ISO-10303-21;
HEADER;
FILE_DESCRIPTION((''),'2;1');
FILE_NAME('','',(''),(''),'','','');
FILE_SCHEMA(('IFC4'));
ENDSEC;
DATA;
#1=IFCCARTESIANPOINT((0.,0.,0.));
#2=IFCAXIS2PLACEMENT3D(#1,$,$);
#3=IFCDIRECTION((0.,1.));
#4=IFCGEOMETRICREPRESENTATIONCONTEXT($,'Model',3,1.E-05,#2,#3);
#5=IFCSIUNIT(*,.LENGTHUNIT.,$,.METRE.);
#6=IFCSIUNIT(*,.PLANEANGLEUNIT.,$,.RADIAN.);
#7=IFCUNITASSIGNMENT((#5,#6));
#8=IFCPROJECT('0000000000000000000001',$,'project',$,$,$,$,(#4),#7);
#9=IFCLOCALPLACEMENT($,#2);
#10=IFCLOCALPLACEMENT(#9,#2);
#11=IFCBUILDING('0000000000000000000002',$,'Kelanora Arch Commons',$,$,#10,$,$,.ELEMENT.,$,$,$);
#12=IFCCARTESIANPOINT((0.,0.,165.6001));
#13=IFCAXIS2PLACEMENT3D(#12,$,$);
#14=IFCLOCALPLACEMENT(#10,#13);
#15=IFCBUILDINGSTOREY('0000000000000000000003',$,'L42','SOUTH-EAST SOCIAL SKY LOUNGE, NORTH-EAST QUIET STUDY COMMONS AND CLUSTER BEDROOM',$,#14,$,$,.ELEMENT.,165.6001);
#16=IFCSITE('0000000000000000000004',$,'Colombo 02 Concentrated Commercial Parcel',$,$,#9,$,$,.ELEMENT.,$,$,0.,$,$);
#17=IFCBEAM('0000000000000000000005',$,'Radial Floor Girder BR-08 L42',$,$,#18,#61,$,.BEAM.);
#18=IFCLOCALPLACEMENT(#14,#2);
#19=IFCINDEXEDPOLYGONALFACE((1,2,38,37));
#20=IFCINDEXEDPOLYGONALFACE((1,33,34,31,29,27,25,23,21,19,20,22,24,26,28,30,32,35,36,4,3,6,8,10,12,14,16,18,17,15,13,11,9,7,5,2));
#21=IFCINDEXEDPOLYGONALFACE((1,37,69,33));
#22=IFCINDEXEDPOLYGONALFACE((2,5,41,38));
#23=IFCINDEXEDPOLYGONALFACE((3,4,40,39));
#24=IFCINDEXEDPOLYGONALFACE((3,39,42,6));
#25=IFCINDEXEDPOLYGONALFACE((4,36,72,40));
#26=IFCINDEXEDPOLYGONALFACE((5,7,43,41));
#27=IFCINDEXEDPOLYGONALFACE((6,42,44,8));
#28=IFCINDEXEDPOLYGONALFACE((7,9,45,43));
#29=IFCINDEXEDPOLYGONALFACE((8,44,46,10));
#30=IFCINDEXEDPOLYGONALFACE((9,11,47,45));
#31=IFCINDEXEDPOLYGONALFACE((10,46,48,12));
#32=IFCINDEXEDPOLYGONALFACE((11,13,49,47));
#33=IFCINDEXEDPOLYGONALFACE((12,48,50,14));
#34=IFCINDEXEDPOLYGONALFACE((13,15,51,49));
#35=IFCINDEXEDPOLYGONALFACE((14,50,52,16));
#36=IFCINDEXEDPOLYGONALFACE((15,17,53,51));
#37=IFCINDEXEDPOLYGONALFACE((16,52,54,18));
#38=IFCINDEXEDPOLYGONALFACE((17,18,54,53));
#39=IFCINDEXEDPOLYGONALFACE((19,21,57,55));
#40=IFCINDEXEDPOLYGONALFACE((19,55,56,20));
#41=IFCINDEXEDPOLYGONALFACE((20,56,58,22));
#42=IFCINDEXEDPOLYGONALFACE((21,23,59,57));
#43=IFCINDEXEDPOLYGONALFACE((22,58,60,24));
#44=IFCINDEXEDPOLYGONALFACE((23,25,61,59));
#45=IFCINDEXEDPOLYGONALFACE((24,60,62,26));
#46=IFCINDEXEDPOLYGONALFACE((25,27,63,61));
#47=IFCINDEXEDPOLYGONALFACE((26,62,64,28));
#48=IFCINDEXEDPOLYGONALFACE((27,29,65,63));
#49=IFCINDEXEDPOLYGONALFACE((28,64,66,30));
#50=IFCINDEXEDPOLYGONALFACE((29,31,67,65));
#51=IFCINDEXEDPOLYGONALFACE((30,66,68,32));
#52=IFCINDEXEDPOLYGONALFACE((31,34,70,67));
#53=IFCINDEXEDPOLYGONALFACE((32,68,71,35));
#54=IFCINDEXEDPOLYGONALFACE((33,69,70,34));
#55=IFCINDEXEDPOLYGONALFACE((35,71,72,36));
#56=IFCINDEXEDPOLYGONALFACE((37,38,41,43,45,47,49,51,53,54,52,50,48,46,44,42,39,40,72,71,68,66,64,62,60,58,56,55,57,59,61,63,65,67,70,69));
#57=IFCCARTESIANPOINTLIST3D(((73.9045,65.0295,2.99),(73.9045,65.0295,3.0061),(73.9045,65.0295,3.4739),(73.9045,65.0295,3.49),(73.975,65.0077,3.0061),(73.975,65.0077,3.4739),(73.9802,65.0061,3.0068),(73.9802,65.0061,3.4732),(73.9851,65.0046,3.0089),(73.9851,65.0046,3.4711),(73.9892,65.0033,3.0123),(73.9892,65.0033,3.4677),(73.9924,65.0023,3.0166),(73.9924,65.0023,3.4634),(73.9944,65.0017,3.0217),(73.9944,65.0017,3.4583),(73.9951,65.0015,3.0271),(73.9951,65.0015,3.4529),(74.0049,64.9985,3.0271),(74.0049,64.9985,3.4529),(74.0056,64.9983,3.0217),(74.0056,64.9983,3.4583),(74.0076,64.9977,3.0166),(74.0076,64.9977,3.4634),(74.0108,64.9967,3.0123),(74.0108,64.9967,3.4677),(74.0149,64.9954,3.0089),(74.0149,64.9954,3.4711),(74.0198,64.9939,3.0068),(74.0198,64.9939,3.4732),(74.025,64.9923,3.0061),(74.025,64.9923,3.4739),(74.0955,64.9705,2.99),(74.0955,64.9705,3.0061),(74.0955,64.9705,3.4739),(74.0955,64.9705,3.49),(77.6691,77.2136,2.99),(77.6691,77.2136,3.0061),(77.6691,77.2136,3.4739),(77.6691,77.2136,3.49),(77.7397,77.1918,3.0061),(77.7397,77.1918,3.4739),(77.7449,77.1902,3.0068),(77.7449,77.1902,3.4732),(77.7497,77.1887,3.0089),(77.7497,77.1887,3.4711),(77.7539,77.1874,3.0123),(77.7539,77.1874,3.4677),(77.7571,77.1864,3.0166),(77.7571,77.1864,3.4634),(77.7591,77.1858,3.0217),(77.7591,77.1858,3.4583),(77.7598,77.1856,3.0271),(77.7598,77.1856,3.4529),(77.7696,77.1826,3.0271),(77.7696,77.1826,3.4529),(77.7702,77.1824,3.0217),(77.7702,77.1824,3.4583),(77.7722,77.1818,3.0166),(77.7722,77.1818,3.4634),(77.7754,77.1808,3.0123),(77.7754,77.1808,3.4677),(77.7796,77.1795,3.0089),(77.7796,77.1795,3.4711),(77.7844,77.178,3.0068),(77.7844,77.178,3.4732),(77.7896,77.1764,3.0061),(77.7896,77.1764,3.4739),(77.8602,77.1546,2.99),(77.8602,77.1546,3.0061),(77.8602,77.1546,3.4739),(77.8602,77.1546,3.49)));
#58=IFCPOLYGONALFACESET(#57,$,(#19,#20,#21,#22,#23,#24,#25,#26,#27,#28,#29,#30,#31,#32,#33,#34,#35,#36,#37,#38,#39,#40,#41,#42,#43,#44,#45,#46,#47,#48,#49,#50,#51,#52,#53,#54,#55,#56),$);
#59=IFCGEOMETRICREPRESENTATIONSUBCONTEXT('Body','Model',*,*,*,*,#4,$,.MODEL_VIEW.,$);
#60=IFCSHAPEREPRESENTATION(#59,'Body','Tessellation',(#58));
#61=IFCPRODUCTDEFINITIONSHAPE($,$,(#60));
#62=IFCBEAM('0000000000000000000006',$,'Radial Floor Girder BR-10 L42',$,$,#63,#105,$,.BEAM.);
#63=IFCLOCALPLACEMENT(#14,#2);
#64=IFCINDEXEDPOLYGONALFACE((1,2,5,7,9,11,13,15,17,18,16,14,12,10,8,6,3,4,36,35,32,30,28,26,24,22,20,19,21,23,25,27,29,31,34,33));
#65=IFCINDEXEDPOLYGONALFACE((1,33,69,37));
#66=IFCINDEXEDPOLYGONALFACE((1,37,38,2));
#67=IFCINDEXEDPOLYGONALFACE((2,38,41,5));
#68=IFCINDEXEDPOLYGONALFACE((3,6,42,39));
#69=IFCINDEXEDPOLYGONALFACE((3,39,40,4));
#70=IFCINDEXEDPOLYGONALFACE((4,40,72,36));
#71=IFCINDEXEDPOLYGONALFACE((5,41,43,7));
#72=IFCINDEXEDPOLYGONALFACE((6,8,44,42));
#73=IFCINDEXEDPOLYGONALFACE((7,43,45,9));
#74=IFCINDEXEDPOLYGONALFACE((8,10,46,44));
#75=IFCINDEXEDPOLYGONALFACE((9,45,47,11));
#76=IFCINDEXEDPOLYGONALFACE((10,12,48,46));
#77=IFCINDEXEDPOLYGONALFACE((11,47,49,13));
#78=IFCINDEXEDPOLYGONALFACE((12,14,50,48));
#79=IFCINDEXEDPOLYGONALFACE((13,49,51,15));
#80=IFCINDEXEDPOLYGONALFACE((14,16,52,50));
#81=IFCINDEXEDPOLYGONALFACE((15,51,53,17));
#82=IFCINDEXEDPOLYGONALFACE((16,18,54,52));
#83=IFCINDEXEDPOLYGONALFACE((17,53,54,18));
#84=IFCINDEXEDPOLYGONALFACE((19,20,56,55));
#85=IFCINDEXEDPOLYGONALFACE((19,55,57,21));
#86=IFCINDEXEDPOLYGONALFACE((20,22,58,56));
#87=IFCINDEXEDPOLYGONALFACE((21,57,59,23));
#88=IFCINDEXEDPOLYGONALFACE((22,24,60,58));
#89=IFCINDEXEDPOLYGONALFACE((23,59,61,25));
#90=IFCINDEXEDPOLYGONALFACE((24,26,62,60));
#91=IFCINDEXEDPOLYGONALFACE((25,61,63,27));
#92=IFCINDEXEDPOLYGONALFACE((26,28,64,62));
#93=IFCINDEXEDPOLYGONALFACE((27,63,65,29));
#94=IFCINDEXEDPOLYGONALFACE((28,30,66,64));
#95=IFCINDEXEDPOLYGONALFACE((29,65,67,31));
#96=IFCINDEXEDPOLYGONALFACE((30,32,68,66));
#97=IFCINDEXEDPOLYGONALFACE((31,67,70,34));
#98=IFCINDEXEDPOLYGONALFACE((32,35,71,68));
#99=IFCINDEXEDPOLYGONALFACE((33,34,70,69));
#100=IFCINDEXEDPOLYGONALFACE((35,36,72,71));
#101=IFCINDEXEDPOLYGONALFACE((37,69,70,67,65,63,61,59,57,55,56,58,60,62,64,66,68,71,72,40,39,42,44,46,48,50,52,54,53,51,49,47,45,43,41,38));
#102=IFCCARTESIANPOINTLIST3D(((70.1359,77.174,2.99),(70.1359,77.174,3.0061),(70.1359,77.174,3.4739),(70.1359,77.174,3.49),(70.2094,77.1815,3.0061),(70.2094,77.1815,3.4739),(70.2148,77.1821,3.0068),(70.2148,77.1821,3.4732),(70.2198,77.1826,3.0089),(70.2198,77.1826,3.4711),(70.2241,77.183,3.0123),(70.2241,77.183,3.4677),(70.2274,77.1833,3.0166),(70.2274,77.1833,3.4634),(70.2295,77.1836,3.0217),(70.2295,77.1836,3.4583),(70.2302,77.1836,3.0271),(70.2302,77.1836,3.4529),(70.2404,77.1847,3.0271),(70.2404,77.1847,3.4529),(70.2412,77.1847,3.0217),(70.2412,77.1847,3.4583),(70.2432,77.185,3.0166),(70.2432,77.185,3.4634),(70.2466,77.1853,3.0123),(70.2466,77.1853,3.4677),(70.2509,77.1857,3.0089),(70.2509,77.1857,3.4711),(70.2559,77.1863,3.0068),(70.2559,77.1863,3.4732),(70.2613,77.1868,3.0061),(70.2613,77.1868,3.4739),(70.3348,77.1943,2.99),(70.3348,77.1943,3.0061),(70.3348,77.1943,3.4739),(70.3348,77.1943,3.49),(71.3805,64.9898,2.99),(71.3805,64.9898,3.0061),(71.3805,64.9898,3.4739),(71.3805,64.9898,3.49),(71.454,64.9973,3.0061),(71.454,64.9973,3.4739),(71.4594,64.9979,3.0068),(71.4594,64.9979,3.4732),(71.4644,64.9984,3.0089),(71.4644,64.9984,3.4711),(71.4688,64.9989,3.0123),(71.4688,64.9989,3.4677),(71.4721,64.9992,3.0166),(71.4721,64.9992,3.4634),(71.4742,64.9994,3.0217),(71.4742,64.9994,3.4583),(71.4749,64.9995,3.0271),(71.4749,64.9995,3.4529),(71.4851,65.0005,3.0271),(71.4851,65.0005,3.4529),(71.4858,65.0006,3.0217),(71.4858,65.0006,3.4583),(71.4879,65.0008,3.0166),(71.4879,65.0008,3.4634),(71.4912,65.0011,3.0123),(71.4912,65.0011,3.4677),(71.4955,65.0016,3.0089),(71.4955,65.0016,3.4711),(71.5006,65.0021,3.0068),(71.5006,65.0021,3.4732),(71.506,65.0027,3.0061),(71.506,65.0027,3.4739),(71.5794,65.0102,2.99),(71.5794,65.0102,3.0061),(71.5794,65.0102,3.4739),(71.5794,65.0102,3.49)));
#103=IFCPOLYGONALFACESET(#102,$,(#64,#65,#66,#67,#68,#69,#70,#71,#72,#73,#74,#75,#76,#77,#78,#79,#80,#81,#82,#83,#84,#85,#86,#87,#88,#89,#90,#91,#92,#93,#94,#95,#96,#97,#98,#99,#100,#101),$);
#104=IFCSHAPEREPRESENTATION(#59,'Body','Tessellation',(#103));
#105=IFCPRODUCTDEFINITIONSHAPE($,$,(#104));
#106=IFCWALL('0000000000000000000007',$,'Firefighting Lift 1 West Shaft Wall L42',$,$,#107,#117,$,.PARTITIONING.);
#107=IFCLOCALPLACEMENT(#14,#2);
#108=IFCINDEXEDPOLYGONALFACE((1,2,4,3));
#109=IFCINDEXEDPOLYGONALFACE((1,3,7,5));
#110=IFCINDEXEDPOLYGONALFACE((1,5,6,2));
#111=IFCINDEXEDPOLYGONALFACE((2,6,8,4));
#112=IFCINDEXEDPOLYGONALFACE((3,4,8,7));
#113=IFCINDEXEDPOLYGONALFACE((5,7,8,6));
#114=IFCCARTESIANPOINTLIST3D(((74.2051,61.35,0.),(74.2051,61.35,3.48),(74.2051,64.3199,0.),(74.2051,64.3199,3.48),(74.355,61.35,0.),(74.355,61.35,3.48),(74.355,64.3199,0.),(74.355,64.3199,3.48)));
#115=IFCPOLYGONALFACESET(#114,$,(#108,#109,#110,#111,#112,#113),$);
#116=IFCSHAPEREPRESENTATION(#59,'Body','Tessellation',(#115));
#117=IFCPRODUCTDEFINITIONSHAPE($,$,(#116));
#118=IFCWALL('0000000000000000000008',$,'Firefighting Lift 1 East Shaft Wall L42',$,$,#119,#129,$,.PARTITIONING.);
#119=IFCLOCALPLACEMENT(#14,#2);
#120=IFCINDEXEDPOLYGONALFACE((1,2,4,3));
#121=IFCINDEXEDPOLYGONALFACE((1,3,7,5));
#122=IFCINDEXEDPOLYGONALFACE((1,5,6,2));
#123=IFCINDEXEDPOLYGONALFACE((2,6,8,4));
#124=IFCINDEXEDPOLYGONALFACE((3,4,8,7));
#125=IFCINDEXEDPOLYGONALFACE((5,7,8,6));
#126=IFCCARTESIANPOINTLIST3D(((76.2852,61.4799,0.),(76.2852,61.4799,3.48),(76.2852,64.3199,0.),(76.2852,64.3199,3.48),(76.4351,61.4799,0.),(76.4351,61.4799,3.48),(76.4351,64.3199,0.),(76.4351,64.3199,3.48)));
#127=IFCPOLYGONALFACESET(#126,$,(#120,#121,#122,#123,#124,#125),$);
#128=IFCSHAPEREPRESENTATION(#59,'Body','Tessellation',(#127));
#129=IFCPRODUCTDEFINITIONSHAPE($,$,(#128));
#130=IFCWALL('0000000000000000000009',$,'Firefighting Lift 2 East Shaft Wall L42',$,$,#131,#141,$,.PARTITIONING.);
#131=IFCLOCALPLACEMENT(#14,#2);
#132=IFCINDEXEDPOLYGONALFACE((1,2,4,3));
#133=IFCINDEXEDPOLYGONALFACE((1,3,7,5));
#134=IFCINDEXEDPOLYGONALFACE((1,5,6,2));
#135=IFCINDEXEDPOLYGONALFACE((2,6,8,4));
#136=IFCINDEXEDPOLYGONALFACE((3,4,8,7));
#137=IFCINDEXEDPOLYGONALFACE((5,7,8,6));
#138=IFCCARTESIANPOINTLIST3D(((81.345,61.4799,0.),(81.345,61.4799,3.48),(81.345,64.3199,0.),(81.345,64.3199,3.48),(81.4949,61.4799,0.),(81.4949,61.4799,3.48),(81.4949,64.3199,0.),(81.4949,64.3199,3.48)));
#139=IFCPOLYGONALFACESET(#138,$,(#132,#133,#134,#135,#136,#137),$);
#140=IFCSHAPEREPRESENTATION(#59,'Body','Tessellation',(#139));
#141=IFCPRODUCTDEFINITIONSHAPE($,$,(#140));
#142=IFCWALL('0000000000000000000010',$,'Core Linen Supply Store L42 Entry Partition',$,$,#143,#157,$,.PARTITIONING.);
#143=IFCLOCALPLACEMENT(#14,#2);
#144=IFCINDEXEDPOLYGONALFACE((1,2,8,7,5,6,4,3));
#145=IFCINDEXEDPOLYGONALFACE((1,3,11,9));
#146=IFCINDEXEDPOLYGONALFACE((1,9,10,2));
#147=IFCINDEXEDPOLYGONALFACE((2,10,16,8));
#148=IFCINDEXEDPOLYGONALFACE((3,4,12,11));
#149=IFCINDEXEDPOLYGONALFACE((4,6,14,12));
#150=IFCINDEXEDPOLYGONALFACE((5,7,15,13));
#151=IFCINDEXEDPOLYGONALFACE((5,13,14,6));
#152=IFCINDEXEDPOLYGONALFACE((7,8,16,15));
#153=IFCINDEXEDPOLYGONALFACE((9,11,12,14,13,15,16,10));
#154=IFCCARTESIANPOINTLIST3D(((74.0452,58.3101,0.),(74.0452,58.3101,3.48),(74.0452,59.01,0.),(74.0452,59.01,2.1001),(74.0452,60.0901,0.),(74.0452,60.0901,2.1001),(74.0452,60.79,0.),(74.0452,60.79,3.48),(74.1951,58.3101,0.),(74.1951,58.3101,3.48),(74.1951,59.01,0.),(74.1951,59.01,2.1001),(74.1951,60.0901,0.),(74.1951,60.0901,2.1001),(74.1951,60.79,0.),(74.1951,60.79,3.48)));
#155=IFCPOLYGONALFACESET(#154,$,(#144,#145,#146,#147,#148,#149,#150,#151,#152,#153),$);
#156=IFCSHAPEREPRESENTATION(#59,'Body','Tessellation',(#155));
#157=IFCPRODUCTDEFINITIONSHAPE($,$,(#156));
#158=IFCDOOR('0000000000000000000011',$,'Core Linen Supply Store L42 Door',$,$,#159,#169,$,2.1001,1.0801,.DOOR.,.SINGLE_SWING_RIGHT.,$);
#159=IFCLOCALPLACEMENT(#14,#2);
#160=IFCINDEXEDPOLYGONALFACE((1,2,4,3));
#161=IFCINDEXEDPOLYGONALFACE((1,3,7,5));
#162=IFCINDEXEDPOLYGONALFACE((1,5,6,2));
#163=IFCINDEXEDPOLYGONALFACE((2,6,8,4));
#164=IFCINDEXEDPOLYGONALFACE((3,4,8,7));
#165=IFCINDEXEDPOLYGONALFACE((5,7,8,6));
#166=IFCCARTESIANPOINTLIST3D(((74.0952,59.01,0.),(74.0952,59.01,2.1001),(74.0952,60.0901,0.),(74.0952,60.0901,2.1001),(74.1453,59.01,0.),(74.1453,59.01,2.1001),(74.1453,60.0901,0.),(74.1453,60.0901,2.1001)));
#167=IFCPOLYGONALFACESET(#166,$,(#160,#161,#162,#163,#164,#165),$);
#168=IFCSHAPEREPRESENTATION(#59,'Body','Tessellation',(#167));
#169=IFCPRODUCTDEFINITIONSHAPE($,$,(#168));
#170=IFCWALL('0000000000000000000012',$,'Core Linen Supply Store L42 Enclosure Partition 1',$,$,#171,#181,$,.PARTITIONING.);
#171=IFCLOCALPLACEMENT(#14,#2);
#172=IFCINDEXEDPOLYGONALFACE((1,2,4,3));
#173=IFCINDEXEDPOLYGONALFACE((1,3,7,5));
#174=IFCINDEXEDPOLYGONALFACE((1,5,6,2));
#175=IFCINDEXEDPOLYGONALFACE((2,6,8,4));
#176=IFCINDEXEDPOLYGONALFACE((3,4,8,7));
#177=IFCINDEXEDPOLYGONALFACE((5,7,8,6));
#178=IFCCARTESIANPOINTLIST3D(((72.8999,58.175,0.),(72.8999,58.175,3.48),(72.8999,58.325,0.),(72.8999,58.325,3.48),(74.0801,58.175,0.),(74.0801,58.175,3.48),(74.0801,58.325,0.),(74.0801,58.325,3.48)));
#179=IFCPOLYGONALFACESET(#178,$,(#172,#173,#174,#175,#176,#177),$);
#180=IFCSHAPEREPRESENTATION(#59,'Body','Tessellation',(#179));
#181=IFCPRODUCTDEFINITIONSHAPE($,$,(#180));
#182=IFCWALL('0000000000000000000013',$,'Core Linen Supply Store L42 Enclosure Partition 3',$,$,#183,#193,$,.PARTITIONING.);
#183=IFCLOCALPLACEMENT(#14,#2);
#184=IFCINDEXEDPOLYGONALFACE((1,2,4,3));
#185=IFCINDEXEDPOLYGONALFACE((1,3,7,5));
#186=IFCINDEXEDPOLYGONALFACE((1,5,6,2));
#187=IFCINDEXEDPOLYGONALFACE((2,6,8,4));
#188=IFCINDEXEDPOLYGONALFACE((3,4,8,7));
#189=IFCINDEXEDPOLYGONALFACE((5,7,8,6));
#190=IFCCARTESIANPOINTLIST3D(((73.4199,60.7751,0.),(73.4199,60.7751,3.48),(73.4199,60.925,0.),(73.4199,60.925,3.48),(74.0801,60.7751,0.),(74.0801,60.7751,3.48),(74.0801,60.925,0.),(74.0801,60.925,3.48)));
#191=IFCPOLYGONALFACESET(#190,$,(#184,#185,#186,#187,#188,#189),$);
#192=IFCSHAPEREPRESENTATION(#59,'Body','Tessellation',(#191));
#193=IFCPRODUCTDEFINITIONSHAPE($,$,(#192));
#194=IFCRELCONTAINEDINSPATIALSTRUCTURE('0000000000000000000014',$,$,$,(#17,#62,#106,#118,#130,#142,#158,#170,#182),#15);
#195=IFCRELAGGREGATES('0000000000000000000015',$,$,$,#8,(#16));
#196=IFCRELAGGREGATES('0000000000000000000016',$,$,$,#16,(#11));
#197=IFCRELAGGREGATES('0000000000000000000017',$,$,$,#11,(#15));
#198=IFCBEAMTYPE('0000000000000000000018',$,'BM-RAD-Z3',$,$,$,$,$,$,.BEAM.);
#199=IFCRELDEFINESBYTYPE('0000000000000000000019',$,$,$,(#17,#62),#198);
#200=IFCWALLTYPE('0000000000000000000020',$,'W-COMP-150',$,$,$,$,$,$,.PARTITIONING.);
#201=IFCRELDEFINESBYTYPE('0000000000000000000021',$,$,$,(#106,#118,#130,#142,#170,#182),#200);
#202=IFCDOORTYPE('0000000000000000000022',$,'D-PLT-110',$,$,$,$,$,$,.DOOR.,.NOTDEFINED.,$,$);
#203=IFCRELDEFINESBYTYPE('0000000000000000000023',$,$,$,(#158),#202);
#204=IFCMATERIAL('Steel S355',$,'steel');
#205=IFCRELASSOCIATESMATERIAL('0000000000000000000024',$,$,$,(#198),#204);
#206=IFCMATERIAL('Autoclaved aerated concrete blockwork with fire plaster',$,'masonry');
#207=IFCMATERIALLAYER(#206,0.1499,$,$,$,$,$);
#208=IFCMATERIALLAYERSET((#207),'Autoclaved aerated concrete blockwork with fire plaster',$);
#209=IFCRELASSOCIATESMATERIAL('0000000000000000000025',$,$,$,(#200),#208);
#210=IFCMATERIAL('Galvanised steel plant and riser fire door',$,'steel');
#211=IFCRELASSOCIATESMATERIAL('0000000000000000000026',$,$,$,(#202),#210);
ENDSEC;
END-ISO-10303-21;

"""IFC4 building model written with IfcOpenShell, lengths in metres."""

from ifc_helpers import new_model, si_unit, direction, frame, frame_2d, origin, origin_2d, place, context, subcontext, project, spatial, rectangle, i_section, extrude, material, layer, layer_set, material_profile, profile_set, type_object, element, fill, save


model = new_model("IFC4")

# Units and contexts
model_context = context("Model", 3, precision=1e-05, world=origin(), true_north=direction((0.0, 1.0)))
body_context = subcontext(model_context, "Body", "Model", "MODEL_VIEW")
ifc_project = project(units=[si_unit("LENGTHUNIT", "METRE"), si_unit("PLANEANGLEUNIT", "RADIAN")], contexts=[model_context])

# Site, building, storey
site_placement = place(None, origin())
site = spatial("IfcSite", under=ifc_project, at=site_placement, Name="Colombo 02 Concentrated Commercial Parcel", CompositionType="ELEMENT", RefElevation=0.0)
building_placement = place(site_placement, origin())
building = spatial("IfcBuilding", under=site, at=building_placement, Name="Kelanora Arch Commons", CompositionType="ELEMENT")
storey_placement = place(building_placement, frame((0.0, 0.0, 165.6001)))
storey = spatial("IfcBuildingStorey", under=building, at=storey_placement, Name="L42", Description="SOUTH-EAST SOCIAL SKY LOUNGE, NORTH-EAST QUIET STUDY COMMONS AND CLUSTER BEDROOM", CompositionType="ELEMENT", Elevation=165.6001)

# Beams
ifc_material_1 = material(Name="Steel S355", Category="steel")
ifc_material_profile_1 = material_profile(ifc_material_1, i_section(OverallWidth=0.2, OverallDepth=0.5, WebThickness=0.0103, FlangeThickness=0.0161, FilletRadius=0.021, at=origin_2d()), Name="IPE500")
ifc_profile_set_1 = profile_set([ifc_material_profile_1], Name="Steel S355")
beam_type_1 = type_object("IfcBeamType", Name="BM-RAD-Z3", PredefinedType="BEAM", material=ifc_profile_set_1)
beam_1_placement = place(storey_placement, frame((74.0, 65.0, 3.24), z_axis=(0.29521, 0.955432, 0.0), x_axis=(-0.955432, 0.29521, 0.0)))
element("IfcBeam", 1, at=beam_1_placement, inside=storey, type_object=beam_type_1, Name="Radial Floor Girder BR-08 L42", PredefinedType="BEAM", context=body_context, shape_type="SweptSolid", body=[
    extrude(i_section(OverallWidth=0.2, OverallDepth=0.5, WebThickness=0.0103, FlangeThickness=0.0161, FilletRadius=0.021, at=origin_2d()), origin(), (0.0, 0.0, 1.0), 12.7524),
])
beam_2_placement = place(storey_placement, frame((71.48, 65.0, 3.24), z_axis=(-0.101623, 0.994823, 0.0), x_axis=(-0.994823, -0.101623, 0.0)))
element("IfcBeam", 2, at=beam_2_placement, inside=storey, type_object=beam_type_1, Name="Radial Floor Girder BR-10 L42", PredefinedType="BEAM", context=body_context, shape_type="SweptSolid", body=[
    extrude(i_section(OverallWidth=0.2, OverallDepth=0.5, WebThickness=0.0103, FlangeThickness=0.0161, FilletRadius=0.021, at=origin_2d()), origin(), (0.0, 0.0, 1.0), 12.2476),
])

# Walls
ifc_material_2 = material(Name="Autoclaved aerated concrete blockwork with fire plaster", Category="masonry")
ifc_layer_1 = layer(ifc_material_2, 0.1499)
ifc_layer_set_1 = layer_set([ifc_layer_1], Name="Autoclaved aerated concrete blockwork with fire plaster")
wall_type_1 = type_object("IfcWallType", Name="W-COMP-150", PredefinedType="PARTITIONING", material=ifc_layer_set_1)
wall_1_placement = place(storey_placement, frame((74.28, 61.3501, 0.0), z_axis=(0.0, 0.0, 1.0), x_axis=(0.0, 1.0, 0.0)))
element("IfcWall", 3, at=wall_1_placement, inside=storey, type_object=wall_type_1, Name="Firefighting Lift 1 West Shaft Wall L42", PredefinedType="PARTITIONING", context=body_context, shape_type="SweptSolid", body=[
    extrude(rectangle(XDim=2.97, YDim=0.1499, at=frame_2d((1.4849, 0.0))), origin(), (0.0, 0.0, 1.0), 3.48),
])
for number, where, z_axis, x_axis, name in (
    (4, (76.3601, 61.48, 0.0), (0.0, 0.0, 1.0), (0.0, 1.0, 0.0), "Firefighting Lift 1 East Shaft Wall L42"),
    (5, (81.4199, 61.48, 0.0), (0.0, 0.0, 1.0), (0.0, 1.0, 0.0), "Firefighting Lift 2 East Shaft Wall L42"),
):
    element("IfcWall", number, at=place(storey_placement, frame(where, z_axis=z_axis, x_axis=x_axis)), inside=storey, type_object=wall_type_1, Name=name, PredefinedType="PARTITIONING", context=body_context, shape_type="SweptSolid", body=[
        extrude(rectangle(XDim=2.8401, YDim=0.1499, at=frame_2d((1.4199, 0.0))), origin(), (0.0, 0.0, 1.0), 3.48),
    ])

# Wall, opening, door
wall_2_placement = place(storey_placement, frame((74.1201, 58.3101, 0.0), z_axis=(0.0, 0.0, 1.0), x_axis=(0.0, 1.0, 0.0)))
wall_2 = element("IfcWall", 6, at=wall_2_placement, inside=storey, type_object=wall_type_1, Name="Core Linen Supply Store L42 Entry Partition", PredefinedType="PARTITIONING", context=body_context, shape_type="SweptSolid", body=[
    extrude(rectangle(XDim=2.48, YDim=0.1499, at=frame_2d((1.24, 0.0))), origin(), (0.0, 0.0, 1.0), 3.48),
])
opening_1_placement = place(wall_2_placement, frame((0.7, 0.0, 0.0)))
opening_1 = element("IfcOpeningElement", 7, at=opening_1_placement, cuts=wall_2, PredefinedType="OPENING", context=body_context, shape_type="SweptSolid", body=[
    extrude(rectangle(XDim=1.0801, YDim=2.1001, at=frame_2d((0.54, 1.05))), frame((0.0, 0.085, 0.0), z_axis=(0.0, -1.0, 0.0), x_axis=(1.0, 0.0, 0.0)), (0.0, 0.0, 1.0), 0.1699),
])
ifc_material_3 = material(Name="Galvanised steel plant and riser fire door", Category="steel")
door_type_1 = type_object("IfcDoorType", Name="D-PLT-110", OperationType="NOTDEFINED", PredefinedType="DOOR", material=ifc_material_3)
door_1_placement = place(opening_1_placement, origin())
door_1 = element("IfcDoor", 8, at=door_1_placement, inside=storey, type_object=door_type_1, Name="Core Linen Supply Store L42 Door", OperationType="SINGLE_SWING_RIGHT", OverallHeight=2.1001, OverallWidth=1.0801, PredefinedType="DOOR", context=body_context, shape_type="SweptSolid", body=[
    extrude(rectangle(XDim=1.0801, YDim=2.1001, at=frame_2d((0.54, 1.05))), frame((0.0, 0.0249, 0.0), z_axis=(0.0, -1.0, 0.0), x_axis=(1.0, 0.0, 0.0)), (0.0, 0.0, 1.0), 0.05),
])
fill(opening_1, door_1)

# Walls
wall_3_placement = place(storey_placement, frame((72.8999, 58.25, 0.0), z_axis=(0.0, 0.0, 1.0), x_axis=(1.0, 0.0, 0.0)))
element("IfcWall", 9, at=wall_3_placement, inside=storey, type_object=wall_type_1, Name="Core Linen Supply Store L42 Enclosure Partition 1", PredefinedType="PARTITIONING", context=body_context, shape_type="SweptSolid", body=[
    extrude(rectangle(XDim=1.1802, YDim=0.1499, at=frame_2d((0.5901, 0.0))), origin(), (0.0, 0.0, 1.0), 3.48),
])
wall_4_placement = place(storey_placement, frame((74.0801, 60.8501, 0.0), z_axis=(0.0, 0.0, 1.0), x_axis=(-1.0, 0.0, 0.0)))
element("IfcWall", 10, at=wall_4_placement, inside=storey, type_object=wall_type_1, Name="Core Linen Supply Store L42 Enclosure Partition 3", PredefinedType="PARTITIONING", context=body_context, shape_type="SweptSolid", body=[
    extrude(rectangle(XDim=0.6602, YDim=0.1499, at=frame_2d((0.3301, 0.0))), origin(), (0.0, 0.0, 1.0), 3.48),
])

save(model, "model.ifc")
